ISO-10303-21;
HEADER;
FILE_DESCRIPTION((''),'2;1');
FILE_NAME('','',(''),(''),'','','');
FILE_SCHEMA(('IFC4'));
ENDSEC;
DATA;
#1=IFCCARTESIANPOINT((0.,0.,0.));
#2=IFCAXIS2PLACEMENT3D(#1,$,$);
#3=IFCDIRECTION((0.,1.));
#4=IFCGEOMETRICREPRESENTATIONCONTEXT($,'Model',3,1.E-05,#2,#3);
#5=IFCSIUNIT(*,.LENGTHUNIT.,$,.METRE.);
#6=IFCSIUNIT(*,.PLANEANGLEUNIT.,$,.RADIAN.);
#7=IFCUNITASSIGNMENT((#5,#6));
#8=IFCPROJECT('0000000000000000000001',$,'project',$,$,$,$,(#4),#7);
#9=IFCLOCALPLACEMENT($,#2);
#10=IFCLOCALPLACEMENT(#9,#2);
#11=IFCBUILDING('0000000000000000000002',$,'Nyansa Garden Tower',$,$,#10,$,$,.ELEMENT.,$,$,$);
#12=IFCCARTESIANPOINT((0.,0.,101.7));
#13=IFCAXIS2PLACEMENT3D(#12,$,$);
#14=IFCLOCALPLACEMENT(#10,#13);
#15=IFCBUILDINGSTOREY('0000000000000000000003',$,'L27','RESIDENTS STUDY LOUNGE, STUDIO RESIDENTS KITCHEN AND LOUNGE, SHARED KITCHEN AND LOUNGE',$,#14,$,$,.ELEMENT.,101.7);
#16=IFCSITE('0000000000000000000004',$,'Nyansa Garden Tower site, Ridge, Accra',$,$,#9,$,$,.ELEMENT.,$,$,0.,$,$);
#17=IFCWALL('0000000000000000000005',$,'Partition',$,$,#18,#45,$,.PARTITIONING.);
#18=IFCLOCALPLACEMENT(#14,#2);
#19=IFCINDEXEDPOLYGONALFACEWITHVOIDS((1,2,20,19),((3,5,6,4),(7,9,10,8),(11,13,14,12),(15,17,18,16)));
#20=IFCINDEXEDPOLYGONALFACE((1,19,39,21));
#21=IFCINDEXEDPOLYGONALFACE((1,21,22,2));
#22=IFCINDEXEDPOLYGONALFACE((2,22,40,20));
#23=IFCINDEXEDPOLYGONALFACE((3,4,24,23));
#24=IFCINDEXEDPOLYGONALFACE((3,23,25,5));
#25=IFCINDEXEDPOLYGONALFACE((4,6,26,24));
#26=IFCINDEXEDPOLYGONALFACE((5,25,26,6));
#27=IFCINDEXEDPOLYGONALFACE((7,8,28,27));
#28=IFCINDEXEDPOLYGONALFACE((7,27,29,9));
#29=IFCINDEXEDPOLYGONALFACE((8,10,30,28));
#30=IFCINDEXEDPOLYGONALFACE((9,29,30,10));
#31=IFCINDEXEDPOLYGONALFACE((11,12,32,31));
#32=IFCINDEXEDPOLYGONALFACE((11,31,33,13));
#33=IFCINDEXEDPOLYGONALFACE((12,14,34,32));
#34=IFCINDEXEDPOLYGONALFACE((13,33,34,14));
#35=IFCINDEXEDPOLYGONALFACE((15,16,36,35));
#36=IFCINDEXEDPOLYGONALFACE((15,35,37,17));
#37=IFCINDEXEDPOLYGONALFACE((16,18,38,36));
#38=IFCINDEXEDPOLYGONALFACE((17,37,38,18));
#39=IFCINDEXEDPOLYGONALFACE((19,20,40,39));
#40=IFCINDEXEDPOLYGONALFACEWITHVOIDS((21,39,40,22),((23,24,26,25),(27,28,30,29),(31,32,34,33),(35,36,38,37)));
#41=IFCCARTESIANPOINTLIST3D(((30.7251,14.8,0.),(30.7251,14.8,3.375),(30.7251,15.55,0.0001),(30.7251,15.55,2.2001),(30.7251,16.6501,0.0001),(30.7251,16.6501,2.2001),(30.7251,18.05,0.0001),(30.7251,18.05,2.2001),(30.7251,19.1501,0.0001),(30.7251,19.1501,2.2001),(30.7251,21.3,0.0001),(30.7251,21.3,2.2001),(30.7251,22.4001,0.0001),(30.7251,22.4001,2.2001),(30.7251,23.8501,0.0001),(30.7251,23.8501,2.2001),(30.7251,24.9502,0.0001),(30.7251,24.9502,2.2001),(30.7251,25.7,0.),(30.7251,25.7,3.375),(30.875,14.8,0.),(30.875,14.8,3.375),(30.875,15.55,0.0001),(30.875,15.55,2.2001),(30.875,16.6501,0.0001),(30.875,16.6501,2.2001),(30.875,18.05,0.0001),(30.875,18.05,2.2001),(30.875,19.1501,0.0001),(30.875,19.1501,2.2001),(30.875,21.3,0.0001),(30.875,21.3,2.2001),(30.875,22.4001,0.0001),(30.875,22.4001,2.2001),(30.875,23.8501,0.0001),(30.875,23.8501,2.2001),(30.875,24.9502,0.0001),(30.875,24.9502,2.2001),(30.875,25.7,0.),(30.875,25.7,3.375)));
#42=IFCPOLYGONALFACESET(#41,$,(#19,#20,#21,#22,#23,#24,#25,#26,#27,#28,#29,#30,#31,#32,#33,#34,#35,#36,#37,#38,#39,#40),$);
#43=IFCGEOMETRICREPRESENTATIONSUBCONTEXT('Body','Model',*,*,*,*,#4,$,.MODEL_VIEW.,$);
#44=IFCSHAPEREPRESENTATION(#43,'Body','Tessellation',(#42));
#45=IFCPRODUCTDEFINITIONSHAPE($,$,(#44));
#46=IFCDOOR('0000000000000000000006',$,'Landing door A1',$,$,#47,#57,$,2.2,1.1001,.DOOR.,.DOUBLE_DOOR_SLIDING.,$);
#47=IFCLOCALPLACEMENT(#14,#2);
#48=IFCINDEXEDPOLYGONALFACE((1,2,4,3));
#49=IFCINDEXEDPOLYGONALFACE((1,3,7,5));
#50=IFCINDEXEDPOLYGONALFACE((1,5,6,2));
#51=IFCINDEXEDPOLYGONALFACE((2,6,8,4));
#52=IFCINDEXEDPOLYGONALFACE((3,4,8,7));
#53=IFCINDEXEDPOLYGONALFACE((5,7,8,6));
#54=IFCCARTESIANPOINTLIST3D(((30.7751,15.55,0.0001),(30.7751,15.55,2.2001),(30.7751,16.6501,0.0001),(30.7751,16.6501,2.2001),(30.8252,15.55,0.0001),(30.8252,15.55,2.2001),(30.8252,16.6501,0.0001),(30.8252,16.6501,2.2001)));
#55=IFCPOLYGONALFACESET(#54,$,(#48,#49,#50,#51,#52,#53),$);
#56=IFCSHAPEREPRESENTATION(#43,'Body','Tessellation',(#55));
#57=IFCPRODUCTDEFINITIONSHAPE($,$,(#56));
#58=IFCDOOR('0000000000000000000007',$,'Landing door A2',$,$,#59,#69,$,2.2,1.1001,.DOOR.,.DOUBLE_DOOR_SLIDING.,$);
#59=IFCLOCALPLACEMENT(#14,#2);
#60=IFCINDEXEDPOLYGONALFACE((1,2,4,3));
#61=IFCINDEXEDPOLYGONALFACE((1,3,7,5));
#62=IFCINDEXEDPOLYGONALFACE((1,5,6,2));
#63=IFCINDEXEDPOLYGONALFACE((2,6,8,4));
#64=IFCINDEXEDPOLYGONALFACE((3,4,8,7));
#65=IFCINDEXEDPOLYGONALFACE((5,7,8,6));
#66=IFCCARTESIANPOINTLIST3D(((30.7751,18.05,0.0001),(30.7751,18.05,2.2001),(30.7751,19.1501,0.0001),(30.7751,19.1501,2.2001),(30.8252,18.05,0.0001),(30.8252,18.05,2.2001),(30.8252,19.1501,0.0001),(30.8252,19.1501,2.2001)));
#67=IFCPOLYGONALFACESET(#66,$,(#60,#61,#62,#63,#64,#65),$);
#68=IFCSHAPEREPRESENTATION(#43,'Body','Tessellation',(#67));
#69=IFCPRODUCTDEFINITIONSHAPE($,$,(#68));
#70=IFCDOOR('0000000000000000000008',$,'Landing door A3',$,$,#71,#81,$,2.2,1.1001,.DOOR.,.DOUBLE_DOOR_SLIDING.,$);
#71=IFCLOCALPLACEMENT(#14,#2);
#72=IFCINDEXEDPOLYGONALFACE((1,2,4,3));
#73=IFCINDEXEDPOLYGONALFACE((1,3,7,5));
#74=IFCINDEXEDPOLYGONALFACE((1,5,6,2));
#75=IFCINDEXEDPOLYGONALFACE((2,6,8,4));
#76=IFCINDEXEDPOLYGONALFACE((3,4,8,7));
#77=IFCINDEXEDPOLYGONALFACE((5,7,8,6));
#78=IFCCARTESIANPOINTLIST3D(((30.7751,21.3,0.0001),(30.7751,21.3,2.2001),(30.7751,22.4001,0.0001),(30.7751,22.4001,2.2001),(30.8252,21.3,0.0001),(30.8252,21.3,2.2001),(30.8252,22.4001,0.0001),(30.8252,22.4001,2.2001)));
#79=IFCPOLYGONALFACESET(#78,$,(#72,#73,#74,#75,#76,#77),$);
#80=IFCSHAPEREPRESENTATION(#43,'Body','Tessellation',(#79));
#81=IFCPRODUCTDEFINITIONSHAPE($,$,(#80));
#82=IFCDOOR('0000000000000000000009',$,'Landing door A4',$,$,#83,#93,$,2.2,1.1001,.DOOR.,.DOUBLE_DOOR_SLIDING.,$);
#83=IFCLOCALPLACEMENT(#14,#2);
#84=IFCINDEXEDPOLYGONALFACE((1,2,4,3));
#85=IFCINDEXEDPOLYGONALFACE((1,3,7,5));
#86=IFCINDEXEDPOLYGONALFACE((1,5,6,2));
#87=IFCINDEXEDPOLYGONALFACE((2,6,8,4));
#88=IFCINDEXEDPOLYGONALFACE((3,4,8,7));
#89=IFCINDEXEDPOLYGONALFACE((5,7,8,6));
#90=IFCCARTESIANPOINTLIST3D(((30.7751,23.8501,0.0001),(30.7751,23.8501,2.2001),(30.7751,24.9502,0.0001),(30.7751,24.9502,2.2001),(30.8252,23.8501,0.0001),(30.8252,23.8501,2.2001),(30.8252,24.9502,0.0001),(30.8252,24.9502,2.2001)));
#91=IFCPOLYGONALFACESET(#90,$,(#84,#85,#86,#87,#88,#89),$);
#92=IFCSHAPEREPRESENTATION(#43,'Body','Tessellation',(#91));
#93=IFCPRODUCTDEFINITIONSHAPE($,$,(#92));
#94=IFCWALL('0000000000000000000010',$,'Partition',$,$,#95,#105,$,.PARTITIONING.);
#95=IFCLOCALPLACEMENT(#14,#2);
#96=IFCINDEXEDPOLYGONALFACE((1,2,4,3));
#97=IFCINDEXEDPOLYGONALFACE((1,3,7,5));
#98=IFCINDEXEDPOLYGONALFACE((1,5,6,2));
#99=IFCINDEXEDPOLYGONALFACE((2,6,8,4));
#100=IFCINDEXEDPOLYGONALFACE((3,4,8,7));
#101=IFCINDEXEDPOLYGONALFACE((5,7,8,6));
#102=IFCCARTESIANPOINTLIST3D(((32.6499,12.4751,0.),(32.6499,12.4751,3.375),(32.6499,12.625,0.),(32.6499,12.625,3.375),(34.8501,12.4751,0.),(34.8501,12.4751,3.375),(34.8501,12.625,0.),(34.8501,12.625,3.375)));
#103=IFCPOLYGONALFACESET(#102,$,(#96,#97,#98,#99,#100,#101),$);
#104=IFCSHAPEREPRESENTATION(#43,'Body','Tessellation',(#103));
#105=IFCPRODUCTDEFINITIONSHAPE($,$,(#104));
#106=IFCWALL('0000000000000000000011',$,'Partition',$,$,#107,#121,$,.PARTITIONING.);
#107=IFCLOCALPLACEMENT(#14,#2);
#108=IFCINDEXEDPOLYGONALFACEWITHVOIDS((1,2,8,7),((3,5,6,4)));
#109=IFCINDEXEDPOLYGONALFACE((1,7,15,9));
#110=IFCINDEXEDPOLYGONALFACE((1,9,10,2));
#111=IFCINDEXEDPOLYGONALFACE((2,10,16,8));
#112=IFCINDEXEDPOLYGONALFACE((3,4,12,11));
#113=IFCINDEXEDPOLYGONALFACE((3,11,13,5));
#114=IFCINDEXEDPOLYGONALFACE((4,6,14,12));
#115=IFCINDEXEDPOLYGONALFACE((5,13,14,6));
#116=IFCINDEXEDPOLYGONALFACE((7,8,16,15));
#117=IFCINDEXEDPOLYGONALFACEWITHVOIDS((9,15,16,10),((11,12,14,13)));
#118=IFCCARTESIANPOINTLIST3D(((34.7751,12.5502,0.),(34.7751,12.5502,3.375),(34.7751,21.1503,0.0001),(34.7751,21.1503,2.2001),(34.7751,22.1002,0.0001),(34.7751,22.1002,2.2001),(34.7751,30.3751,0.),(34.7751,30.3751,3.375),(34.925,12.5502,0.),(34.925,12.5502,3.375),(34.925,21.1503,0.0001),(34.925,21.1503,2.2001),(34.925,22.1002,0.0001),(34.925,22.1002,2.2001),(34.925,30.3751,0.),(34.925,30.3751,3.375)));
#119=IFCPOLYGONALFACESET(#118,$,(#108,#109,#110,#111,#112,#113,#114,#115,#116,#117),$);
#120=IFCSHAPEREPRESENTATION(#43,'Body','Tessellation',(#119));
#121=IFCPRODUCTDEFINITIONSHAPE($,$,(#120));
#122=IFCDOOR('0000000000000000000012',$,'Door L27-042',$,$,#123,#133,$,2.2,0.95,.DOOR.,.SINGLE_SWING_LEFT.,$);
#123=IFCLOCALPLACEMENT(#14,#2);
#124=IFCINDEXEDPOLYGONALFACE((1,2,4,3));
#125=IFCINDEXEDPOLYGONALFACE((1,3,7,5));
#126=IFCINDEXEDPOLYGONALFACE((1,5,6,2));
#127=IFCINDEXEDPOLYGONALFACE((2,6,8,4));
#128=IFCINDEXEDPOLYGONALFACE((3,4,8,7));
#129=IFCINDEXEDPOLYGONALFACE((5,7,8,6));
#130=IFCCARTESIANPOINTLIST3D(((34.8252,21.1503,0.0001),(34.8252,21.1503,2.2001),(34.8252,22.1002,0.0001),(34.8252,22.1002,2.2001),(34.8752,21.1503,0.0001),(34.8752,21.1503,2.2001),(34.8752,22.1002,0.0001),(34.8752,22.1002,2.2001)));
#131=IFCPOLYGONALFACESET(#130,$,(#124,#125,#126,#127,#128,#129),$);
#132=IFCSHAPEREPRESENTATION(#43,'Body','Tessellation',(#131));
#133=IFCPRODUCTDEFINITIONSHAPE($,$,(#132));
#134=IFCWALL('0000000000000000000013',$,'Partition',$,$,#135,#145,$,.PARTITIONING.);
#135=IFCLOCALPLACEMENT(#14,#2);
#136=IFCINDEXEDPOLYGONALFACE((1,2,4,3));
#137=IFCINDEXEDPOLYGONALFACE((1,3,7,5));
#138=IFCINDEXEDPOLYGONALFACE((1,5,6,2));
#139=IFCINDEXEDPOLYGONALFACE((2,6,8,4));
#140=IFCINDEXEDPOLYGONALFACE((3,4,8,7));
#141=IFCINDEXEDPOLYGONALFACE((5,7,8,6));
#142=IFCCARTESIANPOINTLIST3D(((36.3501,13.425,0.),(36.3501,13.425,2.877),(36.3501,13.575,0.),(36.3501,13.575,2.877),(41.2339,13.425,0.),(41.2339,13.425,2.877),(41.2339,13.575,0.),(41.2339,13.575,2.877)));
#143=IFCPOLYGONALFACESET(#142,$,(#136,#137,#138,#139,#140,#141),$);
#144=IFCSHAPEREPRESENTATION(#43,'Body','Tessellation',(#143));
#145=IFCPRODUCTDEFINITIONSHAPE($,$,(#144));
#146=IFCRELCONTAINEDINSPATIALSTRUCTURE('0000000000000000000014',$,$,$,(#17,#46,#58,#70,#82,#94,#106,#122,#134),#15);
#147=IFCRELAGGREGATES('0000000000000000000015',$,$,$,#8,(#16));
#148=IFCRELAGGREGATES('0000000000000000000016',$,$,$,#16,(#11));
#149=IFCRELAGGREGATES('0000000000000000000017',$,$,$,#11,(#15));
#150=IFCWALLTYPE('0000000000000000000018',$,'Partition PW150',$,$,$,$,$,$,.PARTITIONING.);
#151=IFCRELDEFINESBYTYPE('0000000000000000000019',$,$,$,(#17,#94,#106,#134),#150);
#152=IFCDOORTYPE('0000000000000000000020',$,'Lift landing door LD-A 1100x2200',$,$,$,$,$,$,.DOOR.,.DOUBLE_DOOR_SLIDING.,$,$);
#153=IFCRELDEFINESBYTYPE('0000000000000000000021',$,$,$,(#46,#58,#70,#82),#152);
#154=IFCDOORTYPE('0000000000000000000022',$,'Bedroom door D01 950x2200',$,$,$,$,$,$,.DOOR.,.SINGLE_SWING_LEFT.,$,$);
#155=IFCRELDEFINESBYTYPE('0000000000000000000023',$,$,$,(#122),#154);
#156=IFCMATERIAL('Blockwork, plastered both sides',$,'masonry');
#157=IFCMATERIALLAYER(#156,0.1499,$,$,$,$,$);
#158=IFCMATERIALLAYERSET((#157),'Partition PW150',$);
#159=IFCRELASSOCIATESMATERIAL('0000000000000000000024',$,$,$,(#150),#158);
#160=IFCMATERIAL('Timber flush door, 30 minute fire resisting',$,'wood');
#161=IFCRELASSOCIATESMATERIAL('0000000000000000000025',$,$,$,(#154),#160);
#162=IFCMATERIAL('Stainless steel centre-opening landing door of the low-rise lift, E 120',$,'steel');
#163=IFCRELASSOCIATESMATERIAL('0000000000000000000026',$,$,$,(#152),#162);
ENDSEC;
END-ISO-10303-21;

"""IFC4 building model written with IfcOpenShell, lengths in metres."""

from ifc_helpers import new_model, si_unit, direction, frame, frame_2d, origin, place, context, subcontext, project, spatial, rectangle, extrude, material, layer, layer_set, type_object, element, fill, save


model = new_model("IFC4")

# Units and contexts
model_context = context("Model", 3, precision=1e-05, world=origin(), true_north=direction((0.0, 1.0)))
body_context = subcontext(model_context, "Body", "Model", "MODEL_VIEW")
ifc_project = project(units=[si_unit("LENGTHUNIT", "METRE"), si_unit("PLANEANGLEUNIT", "RADIAN")], contexts=[model_context])

# Site, building, storey
site_placement = place(None, origin())
site = spatial("IfcSite", under=ifc_project, at=site_placement, Name="Nyansa Garden Tower site, Ridge, Accra", CompositionType="ELEMENT", RefElevation=0.0)
building_placement = place(site_placement, origin())
building = spatial("IfcBuilding", under=site, at=building_placement, Name="Nyansa Garden Tower", CompositionType="ELEMENT")
storey_placement = place(building_placement, frame((0.0, 0.0, 101.7)))
storey = spatial("IfcBuildingStorey", under=building, at=storey_placement, Name="L27", Description="RESIDENTS STUDY LOUNGE, STUDIO RESIDENTS KITCHEN AND LOUNGE, SHARED KITCHEN AND LOUNGE", CompositionType="ELEMENT", Elevation=101.7)

# Shared definitions
ifc_material_1 = material(Name="Blockwork, plastered both sides", Category="masonry")
ifc_layer_1 = layer(ifc_material_1, 0.1499)
ifc_layer_set_1 = layer_set([ifc_layer_1], Name="Partition PW150")
wall_type_1 = type_object("IfcWallType", Name="Partition PW150", PredefinedType="PARTITIONING", material=ifc_layer_set_1)
ifc_material_2 = material(Name="Timber flush door, 30 minute fire resisting", Category="wood")
door_type_1 = type_object("IfcDoorType", Name="Bedroom door D01 950x2200", OperationType="SINGLE_SWING_LEFT", PredefinedType="DOOR", material=ifc_material_2)

# Wall, openings, doors
wall_1_placement = place(storey_placement, frame((30.8, 14.8, 0.0), z_axis=(0.0, 0.0, 1.0), x_axis=(0.0, 1.0, 0.0)))
wall_1 = element("IfcWall", 1, at=wall_1_placement, inside=storey, type_object=wall_type_1, Name="Partition", PredefinedType="PARTITIONING", context=body_context, shape_type="SweptSolid", body=[
    extrude(rectangle(XDim=10.8999, YDim=0.1499, at=frame_2d((5.45, 0.0))), origin(), (0.0, 0.0, 1.0), 3.375),
])
opening_1_placement = place(wall_1_placement, frame((0.75, 0.0, 0.0)))
opening_1 = element("IfcOpeningElement", 2, at=opening_1_placement, cuts=wall_1, PredefinedType="OPENING", context=body_context, shape_type="SweptSolid", body=[
    extrude(rectangle(XDim=1.1001, YDim=2.2, at=frame_2d((0.55, 1.1001))), frame((0.0, 0.085, 0.0), z_axis=(0.0, -1.0, 0.0), x_axis=(1.0, 0.0, 0.0)), (0.0, 0.0, 1.0), 0.1699),
])
opening_2_placement = place(wall_1_placement, frame((3.25, 0.0, 0.0)))
opening_2 = element("IfcOpeningElement", 3, at=opening_2_placement, cuts=wall_1, PredefinedType="OPENING", context=body_context, shape_type="SweptSolid", body=[
    extrude(rectangle(XDim=1.1001, YDim=2.2, at=frame_2d((0.55, 1.1001))), frame((0.0, 0.085, 0.0), z_axis=(0.0, -1.0, 0.0), x_axis=(1.0, 0.0, 0.0)), (0.0, 0.0, 1.0), 0.1699),
])
opening_3_placement = place(wall_1_placement, frame((6.5, 0.0, 0.0)))
opening_3 = element("IfcOpeningElement", 4, at=opening_3_placement, cuts=wall_1, PredefinedType="OPENING", context=body_context, shape_type="SweptSolid", body=[
    extrude(rectangle(XDim=1.1001, YDim=2.2, at=frame_2d((0.55, 1.1001))), frame((0.0, 0.085, 0.0), z_axis=(0.0, -1.0, 0.0), x_axis=(1.0, 0.0, 0.0)), (0.0, 0.0, 1.0), 0.1699),
])
opening_4_placement = place(wall_1_placement, frame((9.05, 0.0, 0.0)))
opening_4 = element("IfcOpeningElement", 5, at=opening_4_placement, cuts=wall_1, PredefinedType="OPENING", context=body_context, shape_type="SweptSolid", body=[
    extrude(rectangle(XDim=1.1001, YDim=2.2, at=frame_2d((0.55, 1.1001))), frame((0.0, 0.085, 0.0), z_axis=(0.0, -1.0, 0.0), x_axis=(1.0, 0.0, 0.0)), (0.0, 0.0, 1.0), 0.1699),
])
ifc_material_3 = material(Name="Stainless steel centre-opening landing door of the low-rise lift, E 120", Category="steel")
door_type_2 = type_object("IfcDoorType", Name="Lift landing door LD-A 1100x2200", OperationType="DOUBLE_DOOR_SLIDING", PredefinedType="DOOR", material=ifc_material_3)
door_1_placement = place(opening_1_placement, origin())
door_1 = element("IfcDoor", 6, at=door_1_placement, inside=storey, type_object=door_type_2, Name="Landing door A1", OperationType="DOUBLE_DOOR_SLIDING", OverallHeight=2.2, OverallWidth=1.1001, PredefinedType="DOOR", context=body_context, shape_type="SweptSolid", body=[
    extrude(rectangle(XDim=1.1001, YDim=2.2, at=frame_2d((0.55, 1.1001))), frame((0.0, 0.0249, 0.0), z_axis=(0.0, -1.0, 0.0), x_axis=(1.0, 0.0, 0.0)), (0.0, 0.0, 1.0), 0.05),
])
fill(opening_1, door_1)
door_2_placement = place(opening_2_placement, origin())
door_2 = element("IfcDoor", 7, at=door_2_placement, inside=storey, type_object=door_type_2, Name="Landing door A2", OperationType="DOUBLE_DOOR_SLIDING", OverallHeight=2.2, OverallWidth=1.1001, PredefinedType="DOOR", context=body_context, shape_type="SweptSolid", body=[
    extrude(rectangle(XDim=1.1001, YDim=2.2, at=frame_2d((0.55, 1.1001))), frame((0.0, 0.0249, 0.0), z_axis=(0.0, -1.0, 0.0), x_axis=(1.0, 0.0, 0.0)), (0.0, 0.0, 1.0), 0.05),
])
fill(opening_2, door_2)
door_3_placement = place(opening_3_placement, origin())
door_3 = element("IfcDoor", 8, at=door_3_placement, inside=storey, type_object=door_type_2, Name="Landing door A3", OperationType="DOUBLE_DOOR_SLIDING", OverallHeight=2.2, OverallWidth=1.1001, PredefinedType="DOOR", context=body_context, shape_type="SweptSolid", body=[
    extrude(rectangle(XDim=1.1001, YDim=2.2, at=frame_2d((0.55, 1.1001))), frame((0.0, 0.0249, 0.0), z_axis=(0.0, -1.0, 0.0), x_axis=(1.0, 0.0, 0.0)), (0.0, 0.0, 1.0), 0.05),
])
fill(opening_3, door_3)
door_4_placement = place(opening_4_placement, origin())
door_4 = element("IfcDoor", 9, at=door_4_placement, inside=storey, type_object=door_type_2, Name="Landing door A4", OperationType="DOUBLE_DOOR_SLIDING", OverallHeight=2.2, OverallWidth=1.1001, PredefinedType="DOOR", context=body_context, shape_type="SweptSolid", body=[
    extrude(rectangle(XDim=1.1001, YDim=2.2, at=frame_2d((0.55, 1.1001))), frame((0.0, 0.0249, 0.0), z_axis=(0.0, -1.0, 0.0), x_axis=(1.0, 0.0, 0.0)), (0.0, 0.0, 1.0), 0.05),
])
fill(opening_4, door_4)

# Wall
wall_2_placement = place(storey_placement, frame((32.6499, 12.55, 0.0), z_axis=(0.0, 0.0, 1.0), x_axis=(1.0, 0.0, 0.0)))
element("IfcWall", 10, at=wall_2_placement, inside=storey, type_object=wall_type_1, Name="Partition", PredefinedType="PARTITIONING", context=body_context, shape_type="SweptSolid", body=[
    extrude(rectangle(XDim=2.2002, YDim=0.1499, at=frame_2d((1.1001, 0.0))), origin(), (0.0, 0.0, 1.0), 3.375),
])

# Wall, opening, door
wall_3_placement = place(storey_placement, frame((34.8501, 12.55, 0.0), z_axis=(0.0, 0.0, 1.0), x_axis=(0.0, 1.0, 0.0)))
wall_3 = element("IfcWall", 11, at=wall_3_placement, inside=storey, type_object=wall_type_1, Name="Partition", PredefinedType="PARTITIONING", context=body_context, shape_type="SweptSolid", body=[
    extrude(rectangle(XDim=17.825, YDim=0.1499, at=frame_2d((8.9126, 0.0))), origin(), (0.0, 0.0, 1.0), 3.375),
])
opening_5_placement = place(wall_3_placement, frame((8.6001, 0.0, 0.0)))
opening_5 = element("IfcOpeningElement", 12, at=opening_5_placement, cuts=wall_3, PredefinedType="OPENING", context=body_context, shape_type="SweptSolid", body=[
    extrude(rectangle(XDim=0.95, YDim=2.2, at=frame_2d((0.4751, 1.1001))), frame((0.0, 0.085, 0.0), z_axis=(0.0, -1.0, 0.0), x_axis=(1.0, 0.0, 0.0)), (0.0, 0.0, 1.0), 0.1699),
])
door_5_placement = place(opening_5_placement, origin())
door_5 = element("IfcDoor", 13, at=door_5_placement, inside=storey, type_object=door_type_1, Name="Door L27-042", OperationType="SINGLE_SWING_LEFT", OverallHeight=2.2, OverallWidth=0.95, PredefinedType="DOOR", context=body_context, shape_type="SweptSolid", body=[
    extrude(rectangle(XDim=0.95, YDim=2.2, at=frame_2d((0.4751, 1.1001))), frame((0.0, 0.0249, 0.0), z_axis=(0.0, -1.0, 0.0), x_axis=(1.0, 0.0, 0.0)), (0.0, 0.0, 1.0), 0.05),
])
fill(opening_5, door_5)

# Wall
wall_4_placement = place(storey_placement, frame((36.3501, 13.5, 0.0), z_axis=(0.0, 0.0, 1.0), x_axis=(1.0, 0.0, 0.0)))
element("IfcWall", 14, at=wall_4_placement, inside=storey, type_object=wall_type_1, Name="Partition", PredefinedType="PARTITIONING", context=body_context, shape_type="SweptSolid", body=[
    extrude(rectangle(XDim=4.8838, YDim=0.1499, at=frame_2d((2.4419, 0.0))), origin(), (0.0, 0.0, 1.0), 2.877),
])

save(model, "model.ifc")
